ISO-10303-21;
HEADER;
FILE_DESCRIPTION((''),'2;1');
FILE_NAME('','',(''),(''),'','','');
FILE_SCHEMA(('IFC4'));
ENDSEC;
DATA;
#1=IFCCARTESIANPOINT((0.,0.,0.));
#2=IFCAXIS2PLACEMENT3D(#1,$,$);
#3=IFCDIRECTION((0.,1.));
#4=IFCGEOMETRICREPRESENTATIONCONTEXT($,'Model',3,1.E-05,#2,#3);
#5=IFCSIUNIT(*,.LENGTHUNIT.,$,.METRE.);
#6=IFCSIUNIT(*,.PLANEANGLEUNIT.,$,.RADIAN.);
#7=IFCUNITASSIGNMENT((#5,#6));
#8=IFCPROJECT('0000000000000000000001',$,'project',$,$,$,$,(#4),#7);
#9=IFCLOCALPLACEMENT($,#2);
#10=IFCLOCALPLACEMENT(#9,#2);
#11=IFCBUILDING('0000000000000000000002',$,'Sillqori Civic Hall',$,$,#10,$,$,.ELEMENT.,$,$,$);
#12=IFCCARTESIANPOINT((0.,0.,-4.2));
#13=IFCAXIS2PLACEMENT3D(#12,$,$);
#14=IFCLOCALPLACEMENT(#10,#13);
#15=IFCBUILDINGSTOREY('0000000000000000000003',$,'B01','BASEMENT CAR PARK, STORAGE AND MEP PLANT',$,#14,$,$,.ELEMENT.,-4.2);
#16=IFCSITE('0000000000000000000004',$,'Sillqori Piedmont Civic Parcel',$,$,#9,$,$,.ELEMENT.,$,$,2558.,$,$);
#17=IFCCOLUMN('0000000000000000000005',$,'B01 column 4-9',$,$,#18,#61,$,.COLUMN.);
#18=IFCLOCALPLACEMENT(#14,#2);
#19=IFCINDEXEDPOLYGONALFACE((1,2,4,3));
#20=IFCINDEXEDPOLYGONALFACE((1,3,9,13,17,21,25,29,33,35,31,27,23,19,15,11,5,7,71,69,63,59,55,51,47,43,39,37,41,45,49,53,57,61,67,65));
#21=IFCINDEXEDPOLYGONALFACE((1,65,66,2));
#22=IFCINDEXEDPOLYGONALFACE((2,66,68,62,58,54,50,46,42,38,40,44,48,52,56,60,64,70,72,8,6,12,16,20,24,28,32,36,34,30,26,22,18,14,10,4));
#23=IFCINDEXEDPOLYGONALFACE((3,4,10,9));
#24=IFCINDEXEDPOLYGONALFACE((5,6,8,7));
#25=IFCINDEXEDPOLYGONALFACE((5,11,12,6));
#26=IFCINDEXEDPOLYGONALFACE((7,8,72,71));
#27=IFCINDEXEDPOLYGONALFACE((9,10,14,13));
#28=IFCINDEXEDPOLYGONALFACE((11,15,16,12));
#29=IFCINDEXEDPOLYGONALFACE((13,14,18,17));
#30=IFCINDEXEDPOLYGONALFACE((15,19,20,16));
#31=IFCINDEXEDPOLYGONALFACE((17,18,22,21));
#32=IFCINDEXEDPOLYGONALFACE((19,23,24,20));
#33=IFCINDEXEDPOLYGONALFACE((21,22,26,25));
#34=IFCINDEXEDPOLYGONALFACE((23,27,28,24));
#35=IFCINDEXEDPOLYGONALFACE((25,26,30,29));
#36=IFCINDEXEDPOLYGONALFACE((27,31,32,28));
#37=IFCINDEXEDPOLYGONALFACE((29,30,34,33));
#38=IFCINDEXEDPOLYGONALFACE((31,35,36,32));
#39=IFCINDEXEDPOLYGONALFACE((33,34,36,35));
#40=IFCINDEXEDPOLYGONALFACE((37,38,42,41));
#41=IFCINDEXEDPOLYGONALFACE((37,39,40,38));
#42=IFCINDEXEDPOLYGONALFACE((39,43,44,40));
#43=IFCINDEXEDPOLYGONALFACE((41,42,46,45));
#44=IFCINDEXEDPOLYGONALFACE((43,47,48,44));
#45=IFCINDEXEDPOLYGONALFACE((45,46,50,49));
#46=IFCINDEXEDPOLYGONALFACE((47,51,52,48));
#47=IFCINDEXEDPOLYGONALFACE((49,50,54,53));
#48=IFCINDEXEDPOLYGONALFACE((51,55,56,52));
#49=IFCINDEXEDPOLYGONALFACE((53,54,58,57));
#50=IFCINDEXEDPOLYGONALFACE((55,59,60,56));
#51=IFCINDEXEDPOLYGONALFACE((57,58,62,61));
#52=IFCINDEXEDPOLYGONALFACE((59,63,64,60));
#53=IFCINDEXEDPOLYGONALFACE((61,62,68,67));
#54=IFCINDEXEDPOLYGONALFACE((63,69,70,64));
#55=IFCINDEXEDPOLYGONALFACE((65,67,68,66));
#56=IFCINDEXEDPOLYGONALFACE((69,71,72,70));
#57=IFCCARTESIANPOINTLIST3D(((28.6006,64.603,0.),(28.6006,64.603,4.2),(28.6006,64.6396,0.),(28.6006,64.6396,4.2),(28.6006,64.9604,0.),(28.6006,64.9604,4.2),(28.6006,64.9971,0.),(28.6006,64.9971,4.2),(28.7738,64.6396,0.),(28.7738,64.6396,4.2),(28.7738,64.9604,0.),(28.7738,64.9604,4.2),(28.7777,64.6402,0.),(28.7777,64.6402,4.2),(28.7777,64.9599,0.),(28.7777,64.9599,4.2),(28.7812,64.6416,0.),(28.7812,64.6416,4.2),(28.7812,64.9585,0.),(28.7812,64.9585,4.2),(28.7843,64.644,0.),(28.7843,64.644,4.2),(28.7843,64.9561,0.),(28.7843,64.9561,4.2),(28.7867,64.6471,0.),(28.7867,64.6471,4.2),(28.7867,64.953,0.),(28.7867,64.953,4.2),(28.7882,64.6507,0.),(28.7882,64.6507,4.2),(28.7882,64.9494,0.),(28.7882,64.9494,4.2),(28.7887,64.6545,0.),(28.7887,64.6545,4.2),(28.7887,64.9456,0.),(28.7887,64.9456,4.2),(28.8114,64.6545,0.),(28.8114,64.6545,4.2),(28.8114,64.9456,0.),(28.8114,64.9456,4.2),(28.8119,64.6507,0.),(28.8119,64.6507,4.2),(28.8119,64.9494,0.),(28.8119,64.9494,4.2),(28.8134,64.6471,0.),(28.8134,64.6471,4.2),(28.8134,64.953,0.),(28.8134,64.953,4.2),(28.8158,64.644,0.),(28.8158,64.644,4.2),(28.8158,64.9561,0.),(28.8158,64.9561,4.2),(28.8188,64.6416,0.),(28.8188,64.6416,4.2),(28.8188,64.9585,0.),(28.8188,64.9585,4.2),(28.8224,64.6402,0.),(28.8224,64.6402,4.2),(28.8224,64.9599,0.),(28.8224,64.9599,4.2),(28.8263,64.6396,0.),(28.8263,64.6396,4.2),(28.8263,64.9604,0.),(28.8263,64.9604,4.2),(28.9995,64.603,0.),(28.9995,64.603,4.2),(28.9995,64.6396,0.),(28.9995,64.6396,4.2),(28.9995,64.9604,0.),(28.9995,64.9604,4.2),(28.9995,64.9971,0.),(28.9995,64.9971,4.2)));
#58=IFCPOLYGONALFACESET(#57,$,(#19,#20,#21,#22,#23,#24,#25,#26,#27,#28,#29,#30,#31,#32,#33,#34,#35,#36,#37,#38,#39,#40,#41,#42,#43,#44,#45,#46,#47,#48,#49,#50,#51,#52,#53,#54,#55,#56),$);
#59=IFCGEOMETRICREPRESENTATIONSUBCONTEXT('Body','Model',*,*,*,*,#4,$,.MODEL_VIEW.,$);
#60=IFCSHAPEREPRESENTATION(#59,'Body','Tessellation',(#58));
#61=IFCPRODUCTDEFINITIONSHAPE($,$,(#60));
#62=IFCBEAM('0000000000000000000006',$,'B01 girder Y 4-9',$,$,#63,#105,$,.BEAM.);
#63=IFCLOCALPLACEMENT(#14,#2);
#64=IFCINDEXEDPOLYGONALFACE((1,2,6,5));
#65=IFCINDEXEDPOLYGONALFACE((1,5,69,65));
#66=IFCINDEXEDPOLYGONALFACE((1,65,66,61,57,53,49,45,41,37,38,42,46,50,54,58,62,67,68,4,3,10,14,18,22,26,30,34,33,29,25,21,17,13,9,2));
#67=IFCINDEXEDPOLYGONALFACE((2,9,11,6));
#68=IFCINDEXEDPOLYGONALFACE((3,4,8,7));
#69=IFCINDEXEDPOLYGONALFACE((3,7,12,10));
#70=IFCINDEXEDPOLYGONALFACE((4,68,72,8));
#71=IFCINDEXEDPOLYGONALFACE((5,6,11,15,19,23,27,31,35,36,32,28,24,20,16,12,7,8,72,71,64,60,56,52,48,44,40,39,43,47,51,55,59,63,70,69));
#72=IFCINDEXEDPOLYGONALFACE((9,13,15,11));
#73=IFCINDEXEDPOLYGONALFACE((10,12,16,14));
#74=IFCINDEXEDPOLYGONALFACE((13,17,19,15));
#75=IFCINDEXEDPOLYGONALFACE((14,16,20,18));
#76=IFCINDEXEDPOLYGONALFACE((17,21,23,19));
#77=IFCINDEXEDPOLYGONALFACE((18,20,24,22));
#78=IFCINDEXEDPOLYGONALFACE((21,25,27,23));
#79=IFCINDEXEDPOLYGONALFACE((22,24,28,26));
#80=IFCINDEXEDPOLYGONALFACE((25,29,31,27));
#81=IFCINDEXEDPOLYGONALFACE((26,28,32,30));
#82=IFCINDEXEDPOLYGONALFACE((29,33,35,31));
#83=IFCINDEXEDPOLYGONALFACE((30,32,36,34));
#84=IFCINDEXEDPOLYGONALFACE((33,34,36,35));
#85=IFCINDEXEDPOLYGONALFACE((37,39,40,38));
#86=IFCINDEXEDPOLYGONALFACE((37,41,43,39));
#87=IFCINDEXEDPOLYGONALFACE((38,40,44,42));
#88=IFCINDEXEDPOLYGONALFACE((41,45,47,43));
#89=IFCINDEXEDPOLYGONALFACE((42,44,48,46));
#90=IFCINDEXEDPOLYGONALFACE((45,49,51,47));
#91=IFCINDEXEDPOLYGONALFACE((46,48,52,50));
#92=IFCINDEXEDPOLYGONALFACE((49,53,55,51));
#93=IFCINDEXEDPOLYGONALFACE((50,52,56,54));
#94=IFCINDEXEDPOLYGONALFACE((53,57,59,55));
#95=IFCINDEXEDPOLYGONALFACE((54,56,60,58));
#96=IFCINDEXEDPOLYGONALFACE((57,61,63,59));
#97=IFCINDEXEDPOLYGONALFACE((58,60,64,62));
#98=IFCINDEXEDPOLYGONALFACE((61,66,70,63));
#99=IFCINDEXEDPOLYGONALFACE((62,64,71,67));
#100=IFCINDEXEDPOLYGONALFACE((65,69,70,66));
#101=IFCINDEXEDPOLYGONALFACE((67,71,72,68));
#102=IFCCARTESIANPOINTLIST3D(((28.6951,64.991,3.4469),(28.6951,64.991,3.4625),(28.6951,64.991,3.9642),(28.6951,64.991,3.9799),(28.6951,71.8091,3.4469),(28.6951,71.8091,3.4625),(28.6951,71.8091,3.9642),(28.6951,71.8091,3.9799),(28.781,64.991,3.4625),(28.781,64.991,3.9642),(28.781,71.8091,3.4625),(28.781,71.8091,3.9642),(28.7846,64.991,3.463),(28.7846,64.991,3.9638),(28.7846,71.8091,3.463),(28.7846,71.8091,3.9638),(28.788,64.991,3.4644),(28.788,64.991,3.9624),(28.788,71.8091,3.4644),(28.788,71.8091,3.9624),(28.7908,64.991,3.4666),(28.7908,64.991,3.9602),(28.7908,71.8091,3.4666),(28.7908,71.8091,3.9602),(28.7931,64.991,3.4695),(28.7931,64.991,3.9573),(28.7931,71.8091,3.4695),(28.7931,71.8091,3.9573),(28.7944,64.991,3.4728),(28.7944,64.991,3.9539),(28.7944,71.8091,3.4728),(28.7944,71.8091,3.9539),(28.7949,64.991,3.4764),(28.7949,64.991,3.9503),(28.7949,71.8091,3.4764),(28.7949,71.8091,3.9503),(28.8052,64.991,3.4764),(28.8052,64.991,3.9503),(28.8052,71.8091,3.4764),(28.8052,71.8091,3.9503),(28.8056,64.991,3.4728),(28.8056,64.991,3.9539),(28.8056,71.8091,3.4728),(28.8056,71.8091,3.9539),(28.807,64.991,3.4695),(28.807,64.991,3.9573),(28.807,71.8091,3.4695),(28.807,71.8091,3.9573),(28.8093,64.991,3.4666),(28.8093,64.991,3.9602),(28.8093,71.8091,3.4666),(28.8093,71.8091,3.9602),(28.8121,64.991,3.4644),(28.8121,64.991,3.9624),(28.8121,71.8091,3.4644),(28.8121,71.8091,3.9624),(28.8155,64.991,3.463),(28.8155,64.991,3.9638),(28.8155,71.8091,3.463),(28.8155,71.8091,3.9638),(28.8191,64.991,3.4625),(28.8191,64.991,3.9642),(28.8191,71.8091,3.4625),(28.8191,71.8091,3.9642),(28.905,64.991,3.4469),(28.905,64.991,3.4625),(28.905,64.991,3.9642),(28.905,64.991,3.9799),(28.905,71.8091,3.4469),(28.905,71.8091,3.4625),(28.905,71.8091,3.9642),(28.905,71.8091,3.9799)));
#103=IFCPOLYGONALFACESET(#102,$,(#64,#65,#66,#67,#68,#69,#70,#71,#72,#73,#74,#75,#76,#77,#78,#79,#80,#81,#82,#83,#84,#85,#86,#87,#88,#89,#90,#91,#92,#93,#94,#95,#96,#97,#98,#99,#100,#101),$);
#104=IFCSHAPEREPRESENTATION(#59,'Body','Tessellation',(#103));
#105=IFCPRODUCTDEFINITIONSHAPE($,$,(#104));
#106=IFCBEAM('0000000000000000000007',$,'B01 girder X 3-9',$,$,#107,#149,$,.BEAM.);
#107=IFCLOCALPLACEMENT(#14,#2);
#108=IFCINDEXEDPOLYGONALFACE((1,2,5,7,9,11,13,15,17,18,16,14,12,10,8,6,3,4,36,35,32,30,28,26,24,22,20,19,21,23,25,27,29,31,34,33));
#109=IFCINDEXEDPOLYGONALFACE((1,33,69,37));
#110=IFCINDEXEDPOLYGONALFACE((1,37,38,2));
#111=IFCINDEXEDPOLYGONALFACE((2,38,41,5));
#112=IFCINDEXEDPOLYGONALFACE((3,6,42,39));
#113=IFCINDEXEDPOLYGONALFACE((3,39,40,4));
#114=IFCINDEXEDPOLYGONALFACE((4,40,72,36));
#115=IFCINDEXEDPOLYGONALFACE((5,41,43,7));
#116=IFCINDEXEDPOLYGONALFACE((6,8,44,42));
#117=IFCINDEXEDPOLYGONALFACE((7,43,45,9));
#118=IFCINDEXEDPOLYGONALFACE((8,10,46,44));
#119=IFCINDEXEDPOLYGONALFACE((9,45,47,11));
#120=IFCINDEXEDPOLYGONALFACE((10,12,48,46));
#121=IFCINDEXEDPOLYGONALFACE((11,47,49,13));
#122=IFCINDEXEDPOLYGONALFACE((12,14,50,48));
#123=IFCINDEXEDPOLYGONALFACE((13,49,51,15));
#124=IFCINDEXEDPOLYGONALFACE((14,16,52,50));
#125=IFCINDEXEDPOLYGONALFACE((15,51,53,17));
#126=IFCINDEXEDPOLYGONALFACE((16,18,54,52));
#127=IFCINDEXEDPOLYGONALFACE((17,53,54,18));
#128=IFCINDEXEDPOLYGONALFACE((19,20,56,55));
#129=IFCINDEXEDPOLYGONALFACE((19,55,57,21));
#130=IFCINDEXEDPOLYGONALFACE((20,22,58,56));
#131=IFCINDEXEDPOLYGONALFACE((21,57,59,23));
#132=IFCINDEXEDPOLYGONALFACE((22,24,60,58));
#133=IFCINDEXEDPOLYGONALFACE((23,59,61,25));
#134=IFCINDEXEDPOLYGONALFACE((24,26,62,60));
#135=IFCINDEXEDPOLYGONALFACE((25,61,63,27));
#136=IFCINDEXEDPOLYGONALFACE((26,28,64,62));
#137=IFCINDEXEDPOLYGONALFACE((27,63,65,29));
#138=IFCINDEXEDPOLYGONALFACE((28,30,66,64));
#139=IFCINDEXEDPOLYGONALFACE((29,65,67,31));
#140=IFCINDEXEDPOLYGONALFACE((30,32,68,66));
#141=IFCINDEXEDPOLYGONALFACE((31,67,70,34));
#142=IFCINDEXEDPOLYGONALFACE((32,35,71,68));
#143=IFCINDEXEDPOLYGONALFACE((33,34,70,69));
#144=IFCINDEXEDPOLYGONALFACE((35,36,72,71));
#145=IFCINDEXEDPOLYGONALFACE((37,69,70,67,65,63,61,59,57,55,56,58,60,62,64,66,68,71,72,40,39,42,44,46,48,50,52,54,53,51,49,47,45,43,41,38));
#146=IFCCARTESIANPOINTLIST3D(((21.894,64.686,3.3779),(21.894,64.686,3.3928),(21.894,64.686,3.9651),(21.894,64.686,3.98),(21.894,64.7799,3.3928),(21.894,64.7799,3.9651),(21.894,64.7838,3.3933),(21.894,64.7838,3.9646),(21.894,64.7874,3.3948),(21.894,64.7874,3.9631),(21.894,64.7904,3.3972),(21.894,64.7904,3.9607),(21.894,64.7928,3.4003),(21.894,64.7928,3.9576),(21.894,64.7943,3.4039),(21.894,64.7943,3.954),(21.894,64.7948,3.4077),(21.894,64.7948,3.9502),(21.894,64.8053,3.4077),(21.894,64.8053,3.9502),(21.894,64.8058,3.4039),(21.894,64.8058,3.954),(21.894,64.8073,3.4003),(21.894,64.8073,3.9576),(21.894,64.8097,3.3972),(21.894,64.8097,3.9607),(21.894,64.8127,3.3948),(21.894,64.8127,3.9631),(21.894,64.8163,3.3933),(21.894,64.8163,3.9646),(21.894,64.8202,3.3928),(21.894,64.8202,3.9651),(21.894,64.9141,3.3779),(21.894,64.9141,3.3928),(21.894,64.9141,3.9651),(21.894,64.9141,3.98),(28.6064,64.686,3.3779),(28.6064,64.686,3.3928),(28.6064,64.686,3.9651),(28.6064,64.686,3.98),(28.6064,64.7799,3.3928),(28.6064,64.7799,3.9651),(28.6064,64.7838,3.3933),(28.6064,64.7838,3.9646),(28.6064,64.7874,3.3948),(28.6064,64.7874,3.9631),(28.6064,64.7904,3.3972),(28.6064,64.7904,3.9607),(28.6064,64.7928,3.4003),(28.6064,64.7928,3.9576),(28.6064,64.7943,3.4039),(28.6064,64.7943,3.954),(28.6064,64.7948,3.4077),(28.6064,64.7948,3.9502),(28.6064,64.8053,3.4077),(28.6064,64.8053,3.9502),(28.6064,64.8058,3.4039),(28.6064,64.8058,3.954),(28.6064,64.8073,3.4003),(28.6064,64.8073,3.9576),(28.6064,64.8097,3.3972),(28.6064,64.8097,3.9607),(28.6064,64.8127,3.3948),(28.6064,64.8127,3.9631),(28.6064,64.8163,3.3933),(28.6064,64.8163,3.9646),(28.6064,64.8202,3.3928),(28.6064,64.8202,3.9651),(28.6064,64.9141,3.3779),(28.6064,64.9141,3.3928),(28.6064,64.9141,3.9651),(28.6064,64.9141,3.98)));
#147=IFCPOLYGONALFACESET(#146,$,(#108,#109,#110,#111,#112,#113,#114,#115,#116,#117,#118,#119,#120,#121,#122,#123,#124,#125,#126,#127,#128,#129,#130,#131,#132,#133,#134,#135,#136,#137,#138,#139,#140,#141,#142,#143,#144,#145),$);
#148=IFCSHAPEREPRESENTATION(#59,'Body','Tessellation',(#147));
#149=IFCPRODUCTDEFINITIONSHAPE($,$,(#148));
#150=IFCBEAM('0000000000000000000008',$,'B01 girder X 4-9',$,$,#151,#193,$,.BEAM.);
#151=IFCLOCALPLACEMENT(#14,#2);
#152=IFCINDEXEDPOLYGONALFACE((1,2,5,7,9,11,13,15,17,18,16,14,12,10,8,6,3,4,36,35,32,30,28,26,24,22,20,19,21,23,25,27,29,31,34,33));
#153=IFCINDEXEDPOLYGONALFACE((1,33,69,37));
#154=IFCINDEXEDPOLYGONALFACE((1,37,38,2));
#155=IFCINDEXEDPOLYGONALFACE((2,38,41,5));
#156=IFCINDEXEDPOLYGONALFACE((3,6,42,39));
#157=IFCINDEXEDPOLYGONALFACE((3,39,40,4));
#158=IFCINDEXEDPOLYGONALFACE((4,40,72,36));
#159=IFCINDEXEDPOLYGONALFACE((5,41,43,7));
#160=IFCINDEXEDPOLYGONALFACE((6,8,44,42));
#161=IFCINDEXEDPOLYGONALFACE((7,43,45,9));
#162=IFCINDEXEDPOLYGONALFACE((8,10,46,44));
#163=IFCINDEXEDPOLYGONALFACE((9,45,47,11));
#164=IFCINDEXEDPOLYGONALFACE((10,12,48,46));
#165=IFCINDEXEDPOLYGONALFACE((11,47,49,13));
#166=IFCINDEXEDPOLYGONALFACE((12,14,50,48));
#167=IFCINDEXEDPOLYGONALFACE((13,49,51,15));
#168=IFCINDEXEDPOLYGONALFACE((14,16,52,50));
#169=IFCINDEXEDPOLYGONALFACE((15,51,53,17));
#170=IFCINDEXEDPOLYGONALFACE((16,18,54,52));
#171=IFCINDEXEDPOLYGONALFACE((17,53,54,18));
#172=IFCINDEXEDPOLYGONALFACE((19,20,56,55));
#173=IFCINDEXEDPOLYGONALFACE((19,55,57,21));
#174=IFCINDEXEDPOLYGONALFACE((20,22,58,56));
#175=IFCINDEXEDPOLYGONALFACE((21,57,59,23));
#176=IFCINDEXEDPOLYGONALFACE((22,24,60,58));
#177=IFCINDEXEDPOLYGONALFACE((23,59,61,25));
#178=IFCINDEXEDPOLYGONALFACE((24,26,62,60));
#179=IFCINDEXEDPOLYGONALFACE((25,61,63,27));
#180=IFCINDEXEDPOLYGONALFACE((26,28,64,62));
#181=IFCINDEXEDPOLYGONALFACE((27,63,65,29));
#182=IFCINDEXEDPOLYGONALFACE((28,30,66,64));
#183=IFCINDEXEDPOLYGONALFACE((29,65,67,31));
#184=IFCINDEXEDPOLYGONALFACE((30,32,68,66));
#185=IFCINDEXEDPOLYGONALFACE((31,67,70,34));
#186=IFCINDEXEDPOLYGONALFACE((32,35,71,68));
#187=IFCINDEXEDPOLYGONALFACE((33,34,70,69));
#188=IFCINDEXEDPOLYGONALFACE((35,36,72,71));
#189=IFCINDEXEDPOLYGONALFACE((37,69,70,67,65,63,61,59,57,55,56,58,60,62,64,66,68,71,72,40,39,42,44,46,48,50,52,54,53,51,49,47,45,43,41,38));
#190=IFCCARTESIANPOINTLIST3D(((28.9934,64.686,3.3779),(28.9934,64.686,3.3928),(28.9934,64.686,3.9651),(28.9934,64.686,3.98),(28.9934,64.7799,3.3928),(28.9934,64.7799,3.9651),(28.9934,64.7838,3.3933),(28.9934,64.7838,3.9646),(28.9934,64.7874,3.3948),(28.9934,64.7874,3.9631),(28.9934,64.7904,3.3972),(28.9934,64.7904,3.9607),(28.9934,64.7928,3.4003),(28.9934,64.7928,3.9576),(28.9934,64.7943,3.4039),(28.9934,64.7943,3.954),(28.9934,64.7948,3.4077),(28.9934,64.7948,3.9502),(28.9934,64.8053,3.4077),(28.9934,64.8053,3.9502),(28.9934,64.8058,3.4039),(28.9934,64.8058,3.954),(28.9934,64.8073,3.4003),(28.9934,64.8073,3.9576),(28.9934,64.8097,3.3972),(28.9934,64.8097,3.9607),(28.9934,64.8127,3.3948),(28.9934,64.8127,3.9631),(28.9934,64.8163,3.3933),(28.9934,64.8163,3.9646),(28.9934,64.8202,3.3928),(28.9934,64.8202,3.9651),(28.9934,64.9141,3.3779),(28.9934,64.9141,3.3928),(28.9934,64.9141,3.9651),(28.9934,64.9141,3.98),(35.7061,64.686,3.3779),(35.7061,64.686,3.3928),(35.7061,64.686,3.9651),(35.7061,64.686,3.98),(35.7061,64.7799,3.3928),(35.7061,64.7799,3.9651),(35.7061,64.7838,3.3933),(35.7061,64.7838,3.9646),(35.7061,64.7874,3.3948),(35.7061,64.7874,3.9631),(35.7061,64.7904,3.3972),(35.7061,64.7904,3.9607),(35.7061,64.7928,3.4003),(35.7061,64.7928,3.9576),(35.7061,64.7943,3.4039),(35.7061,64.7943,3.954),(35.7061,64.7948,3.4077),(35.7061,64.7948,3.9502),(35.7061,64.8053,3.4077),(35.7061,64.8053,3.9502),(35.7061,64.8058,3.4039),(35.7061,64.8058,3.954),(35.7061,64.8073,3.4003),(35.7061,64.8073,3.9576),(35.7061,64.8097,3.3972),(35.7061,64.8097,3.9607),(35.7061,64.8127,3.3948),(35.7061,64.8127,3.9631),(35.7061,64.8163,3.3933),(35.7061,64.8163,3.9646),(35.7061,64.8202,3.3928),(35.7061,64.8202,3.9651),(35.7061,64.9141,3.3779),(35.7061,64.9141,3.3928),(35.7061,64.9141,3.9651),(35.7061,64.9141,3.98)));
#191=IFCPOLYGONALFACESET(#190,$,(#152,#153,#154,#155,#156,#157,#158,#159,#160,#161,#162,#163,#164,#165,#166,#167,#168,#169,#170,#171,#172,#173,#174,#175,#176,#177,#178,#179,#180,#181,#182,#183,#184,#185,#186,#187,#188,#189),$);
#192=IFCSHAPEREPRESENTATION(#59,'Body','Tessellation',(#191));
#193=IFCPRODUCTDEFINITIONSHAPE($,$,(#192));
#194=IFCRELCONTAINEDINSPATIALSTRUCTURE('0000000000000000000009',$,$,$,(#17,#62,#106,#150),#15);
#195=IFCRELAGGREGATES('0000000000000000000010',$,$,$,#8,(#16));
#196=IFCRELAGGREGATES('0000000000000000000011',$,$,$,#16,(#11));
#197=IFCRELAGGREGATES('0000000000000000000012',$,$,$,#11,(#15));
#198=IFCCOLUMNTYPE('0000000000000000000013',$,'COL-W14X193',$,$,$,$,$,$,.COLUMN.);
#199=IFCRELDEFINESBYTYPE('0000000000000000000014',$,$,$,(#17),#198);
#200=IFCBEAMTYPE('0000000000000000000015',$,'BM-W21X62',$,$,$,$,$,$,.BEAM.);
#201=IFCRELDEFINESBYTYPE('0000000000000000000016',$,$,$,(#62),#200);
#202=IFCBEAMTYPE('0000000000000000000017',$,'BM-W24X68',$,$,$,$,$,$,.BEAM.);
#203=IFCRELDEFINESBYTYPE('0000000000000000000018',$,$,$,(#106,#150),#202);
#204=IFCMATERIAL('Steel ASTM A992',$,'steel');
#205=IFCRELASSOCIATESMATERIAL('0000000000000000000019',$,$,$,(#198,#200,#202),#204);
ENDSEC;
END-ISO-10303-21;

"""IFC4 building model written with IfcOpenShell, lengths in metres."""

from ifc_helpers import new_model, si_unit, direction, frame, origin, origin_2d, place, context, subcontext, project, spatial, i_section, extrude, material, material_profile, profile_set, type_object, element, save


model = new_model("IFC4")

# Units and contexts
model_context = context("Model", 3, precision=1e-05, world=origin(), true_north=direction((0.0, 1.0)))
body_context = subcontext(model_context, "Body", "Model", "MODEL_VIEW")
ifc_project = project(units=[si_unit("LENGTHUNIT", "METRE"), si_unit("PLANEANGLEUNIT", "RADIAN")], contexts=[model_context])

# Site, building, storey
site_placement = place(None, origin())
site = spatial("IfcSite", under=ifc_project, at=site_placement, Name="Sillqori Piedmont Civic Parcel", CompositionType="ELEMENT", RefElevation=2558.0)
building_placement = place(site_placement, origin())
building = spatial("IfcBuilding", under=site, at=building_placement, Name="Sillqori Civic Hall", CompositionType="ELEMENT")
storey_placement = place(building_placement, frame((0.0, 0.0, -4.2)))
storey = spatial("IfcBuildingStorey", under=building, at=storey_placement, Name="B01", Description="BASEMENT CAR PARK, STORAGE AND MEP PLANT", CompositionType="ELEMENT", Elevation=-4.2)

# Column
ifc_material_1 = material(Name="Steel ASTM A992", Category="steel")
ifc_material_profile_1 = material_profile(ifc_material_1, i_section(OverallWidth=0.3989, OverallDepth=0.394, WebThickness=0.0227, FlangeThickness=0.0366, FilletRadius=0.0149, at=origin_2d()), Name="W14X193")
ifc_profile_set_1 = profile_set([ifc_material_profile_1], Name="Steel ASTM A992")
column_type = type_object("IfcColumnType", Name="COL-W14X193", PredefinedType="COLUMN", material=ifc_profile_set_1)
column_placement = place(storey_placement, frame((28.8, 64.8, 0.0), z_axis=(0.0, 0.0, 1.0), x_axis=(1.0, 0.0, 0.0)))
element("IfcColumn", 1, at=column_placement, inside=storey, type_object=column_type, Name="B01 column 4-9", PredefinedType="COLUMN", context=body_context, shape_type="SweptSolid", body=[
    extrude(i_section(OverallWidth=0.3989, OverallDepth=0.394, WebThickness=0.0227, FlangeThickness=0.0366, FilletRadius=0.0149, at=origin_2d()), origin(), (0.0, 0.0, 1.0), 4.2),
])

# Beams
ifc_material_profile_2 = material_profile(ifc_material_1, i_section(OverallWidth=0.21, OverallDepth=0.533, WebThickness=0.0103, FlangeThickness=0.0156, FilletRadius=0.0139, at=origin_2d()), Name="W21X62")
ifc_profile_set_2 = profile_set([ifc_material_profile_2], Name="Steel ASTM A992")
beam_type_1 = type_object("IfcBeamType", Name="BM-W21X62", PredefinedType="BEAM", material=ifc_profile_set_2)
beam_1_placement = place(storey_placement, frame((28.8, 64.991, 3.7134), z_axis=(0.0, 1.0, 0.0), x_axis=(-1.0, 0.0, 0.0)))
element("IfcBeam", 2, at=beam_1_placement, inside=storey, type_object=beam_type_1, Name="B01 girder Y 4-9", PredefinedType="BEAM", context=body_context, shape_type="SweptSolid", body=[
    extrude(i_section(OverallWidth=0.21, OverallDepth=0.533, WebThickness=0.0103, FlangeThickness=0.0156, FilletRadius=0.0139, at=origin_2d()), origin(), (0.0, 0.0, 1.0), 6.8181),
])
ifc_material_profile_3 = material_profile(ifc_material_1, i_section(OverallWidth=0.228, OverallDepth=0.6021, WebThickness=0.0105, FlangeThickness=0.0149, FilletRadius=0.0149, at=origin_2d()), Name="W24X68")
ifc_profile_set_3 = profile_set([ifc_material_profile_3], Name="Steel ASTM A992")
beam_type_2 = type_object("IfcBeamType", Name="BM-W24X68", PredefinedType="BEAM", material=ifc_profile_set_3)
beam_2_placement = place(storey_placement, frame((21.894, 64.8, 3.679), z_axis=(1.0, 0.0, 0.0), x_axis=(0.0, 1.0, 0.0)))
element("IfcBeam", 3, at=beam_2_placement, inside=storey, type_object=beam_type_2, Name="B01 girder X 3-9", PredefinedType="BEAM", context=body_context, shape_type="SweptSolid", body=[
    extrude(i_section(OverallWidth=0.228, OverallDepth=0.6021, WebThickness=0.0105, FlangeThickness=0.0149, FilletRadius=0.0149, at=origin_2d()), origin(), (0.0, 0.0, 1.0), 6.7124),
])
beam_3_placement = place(storey_placement, frame((28.9934, 64.8, 3.679), z_axis=(1.0, 0.0, 0.0), x_axis=(0.0, 1.0, 0.0)))
element("IfcBeam", 4, at=beam_3_placement, inside=storey, type_object=beam_type_2, Name="B01 girder X 4-9", PredefinedType="BEAM", context=body_context, shape_type="SweptSolid", body=[
    extrude(i_section(OverallWidth=0.228, OverallDepth=0.6021, WebThickness=0.0105, FlangeThickness=0.0149, FilletRadius=0.0149, at=origin_2d()), origin(), (0.0, 0.0, 1.0), 6.7126),
])

save(model, "model.ifc")
